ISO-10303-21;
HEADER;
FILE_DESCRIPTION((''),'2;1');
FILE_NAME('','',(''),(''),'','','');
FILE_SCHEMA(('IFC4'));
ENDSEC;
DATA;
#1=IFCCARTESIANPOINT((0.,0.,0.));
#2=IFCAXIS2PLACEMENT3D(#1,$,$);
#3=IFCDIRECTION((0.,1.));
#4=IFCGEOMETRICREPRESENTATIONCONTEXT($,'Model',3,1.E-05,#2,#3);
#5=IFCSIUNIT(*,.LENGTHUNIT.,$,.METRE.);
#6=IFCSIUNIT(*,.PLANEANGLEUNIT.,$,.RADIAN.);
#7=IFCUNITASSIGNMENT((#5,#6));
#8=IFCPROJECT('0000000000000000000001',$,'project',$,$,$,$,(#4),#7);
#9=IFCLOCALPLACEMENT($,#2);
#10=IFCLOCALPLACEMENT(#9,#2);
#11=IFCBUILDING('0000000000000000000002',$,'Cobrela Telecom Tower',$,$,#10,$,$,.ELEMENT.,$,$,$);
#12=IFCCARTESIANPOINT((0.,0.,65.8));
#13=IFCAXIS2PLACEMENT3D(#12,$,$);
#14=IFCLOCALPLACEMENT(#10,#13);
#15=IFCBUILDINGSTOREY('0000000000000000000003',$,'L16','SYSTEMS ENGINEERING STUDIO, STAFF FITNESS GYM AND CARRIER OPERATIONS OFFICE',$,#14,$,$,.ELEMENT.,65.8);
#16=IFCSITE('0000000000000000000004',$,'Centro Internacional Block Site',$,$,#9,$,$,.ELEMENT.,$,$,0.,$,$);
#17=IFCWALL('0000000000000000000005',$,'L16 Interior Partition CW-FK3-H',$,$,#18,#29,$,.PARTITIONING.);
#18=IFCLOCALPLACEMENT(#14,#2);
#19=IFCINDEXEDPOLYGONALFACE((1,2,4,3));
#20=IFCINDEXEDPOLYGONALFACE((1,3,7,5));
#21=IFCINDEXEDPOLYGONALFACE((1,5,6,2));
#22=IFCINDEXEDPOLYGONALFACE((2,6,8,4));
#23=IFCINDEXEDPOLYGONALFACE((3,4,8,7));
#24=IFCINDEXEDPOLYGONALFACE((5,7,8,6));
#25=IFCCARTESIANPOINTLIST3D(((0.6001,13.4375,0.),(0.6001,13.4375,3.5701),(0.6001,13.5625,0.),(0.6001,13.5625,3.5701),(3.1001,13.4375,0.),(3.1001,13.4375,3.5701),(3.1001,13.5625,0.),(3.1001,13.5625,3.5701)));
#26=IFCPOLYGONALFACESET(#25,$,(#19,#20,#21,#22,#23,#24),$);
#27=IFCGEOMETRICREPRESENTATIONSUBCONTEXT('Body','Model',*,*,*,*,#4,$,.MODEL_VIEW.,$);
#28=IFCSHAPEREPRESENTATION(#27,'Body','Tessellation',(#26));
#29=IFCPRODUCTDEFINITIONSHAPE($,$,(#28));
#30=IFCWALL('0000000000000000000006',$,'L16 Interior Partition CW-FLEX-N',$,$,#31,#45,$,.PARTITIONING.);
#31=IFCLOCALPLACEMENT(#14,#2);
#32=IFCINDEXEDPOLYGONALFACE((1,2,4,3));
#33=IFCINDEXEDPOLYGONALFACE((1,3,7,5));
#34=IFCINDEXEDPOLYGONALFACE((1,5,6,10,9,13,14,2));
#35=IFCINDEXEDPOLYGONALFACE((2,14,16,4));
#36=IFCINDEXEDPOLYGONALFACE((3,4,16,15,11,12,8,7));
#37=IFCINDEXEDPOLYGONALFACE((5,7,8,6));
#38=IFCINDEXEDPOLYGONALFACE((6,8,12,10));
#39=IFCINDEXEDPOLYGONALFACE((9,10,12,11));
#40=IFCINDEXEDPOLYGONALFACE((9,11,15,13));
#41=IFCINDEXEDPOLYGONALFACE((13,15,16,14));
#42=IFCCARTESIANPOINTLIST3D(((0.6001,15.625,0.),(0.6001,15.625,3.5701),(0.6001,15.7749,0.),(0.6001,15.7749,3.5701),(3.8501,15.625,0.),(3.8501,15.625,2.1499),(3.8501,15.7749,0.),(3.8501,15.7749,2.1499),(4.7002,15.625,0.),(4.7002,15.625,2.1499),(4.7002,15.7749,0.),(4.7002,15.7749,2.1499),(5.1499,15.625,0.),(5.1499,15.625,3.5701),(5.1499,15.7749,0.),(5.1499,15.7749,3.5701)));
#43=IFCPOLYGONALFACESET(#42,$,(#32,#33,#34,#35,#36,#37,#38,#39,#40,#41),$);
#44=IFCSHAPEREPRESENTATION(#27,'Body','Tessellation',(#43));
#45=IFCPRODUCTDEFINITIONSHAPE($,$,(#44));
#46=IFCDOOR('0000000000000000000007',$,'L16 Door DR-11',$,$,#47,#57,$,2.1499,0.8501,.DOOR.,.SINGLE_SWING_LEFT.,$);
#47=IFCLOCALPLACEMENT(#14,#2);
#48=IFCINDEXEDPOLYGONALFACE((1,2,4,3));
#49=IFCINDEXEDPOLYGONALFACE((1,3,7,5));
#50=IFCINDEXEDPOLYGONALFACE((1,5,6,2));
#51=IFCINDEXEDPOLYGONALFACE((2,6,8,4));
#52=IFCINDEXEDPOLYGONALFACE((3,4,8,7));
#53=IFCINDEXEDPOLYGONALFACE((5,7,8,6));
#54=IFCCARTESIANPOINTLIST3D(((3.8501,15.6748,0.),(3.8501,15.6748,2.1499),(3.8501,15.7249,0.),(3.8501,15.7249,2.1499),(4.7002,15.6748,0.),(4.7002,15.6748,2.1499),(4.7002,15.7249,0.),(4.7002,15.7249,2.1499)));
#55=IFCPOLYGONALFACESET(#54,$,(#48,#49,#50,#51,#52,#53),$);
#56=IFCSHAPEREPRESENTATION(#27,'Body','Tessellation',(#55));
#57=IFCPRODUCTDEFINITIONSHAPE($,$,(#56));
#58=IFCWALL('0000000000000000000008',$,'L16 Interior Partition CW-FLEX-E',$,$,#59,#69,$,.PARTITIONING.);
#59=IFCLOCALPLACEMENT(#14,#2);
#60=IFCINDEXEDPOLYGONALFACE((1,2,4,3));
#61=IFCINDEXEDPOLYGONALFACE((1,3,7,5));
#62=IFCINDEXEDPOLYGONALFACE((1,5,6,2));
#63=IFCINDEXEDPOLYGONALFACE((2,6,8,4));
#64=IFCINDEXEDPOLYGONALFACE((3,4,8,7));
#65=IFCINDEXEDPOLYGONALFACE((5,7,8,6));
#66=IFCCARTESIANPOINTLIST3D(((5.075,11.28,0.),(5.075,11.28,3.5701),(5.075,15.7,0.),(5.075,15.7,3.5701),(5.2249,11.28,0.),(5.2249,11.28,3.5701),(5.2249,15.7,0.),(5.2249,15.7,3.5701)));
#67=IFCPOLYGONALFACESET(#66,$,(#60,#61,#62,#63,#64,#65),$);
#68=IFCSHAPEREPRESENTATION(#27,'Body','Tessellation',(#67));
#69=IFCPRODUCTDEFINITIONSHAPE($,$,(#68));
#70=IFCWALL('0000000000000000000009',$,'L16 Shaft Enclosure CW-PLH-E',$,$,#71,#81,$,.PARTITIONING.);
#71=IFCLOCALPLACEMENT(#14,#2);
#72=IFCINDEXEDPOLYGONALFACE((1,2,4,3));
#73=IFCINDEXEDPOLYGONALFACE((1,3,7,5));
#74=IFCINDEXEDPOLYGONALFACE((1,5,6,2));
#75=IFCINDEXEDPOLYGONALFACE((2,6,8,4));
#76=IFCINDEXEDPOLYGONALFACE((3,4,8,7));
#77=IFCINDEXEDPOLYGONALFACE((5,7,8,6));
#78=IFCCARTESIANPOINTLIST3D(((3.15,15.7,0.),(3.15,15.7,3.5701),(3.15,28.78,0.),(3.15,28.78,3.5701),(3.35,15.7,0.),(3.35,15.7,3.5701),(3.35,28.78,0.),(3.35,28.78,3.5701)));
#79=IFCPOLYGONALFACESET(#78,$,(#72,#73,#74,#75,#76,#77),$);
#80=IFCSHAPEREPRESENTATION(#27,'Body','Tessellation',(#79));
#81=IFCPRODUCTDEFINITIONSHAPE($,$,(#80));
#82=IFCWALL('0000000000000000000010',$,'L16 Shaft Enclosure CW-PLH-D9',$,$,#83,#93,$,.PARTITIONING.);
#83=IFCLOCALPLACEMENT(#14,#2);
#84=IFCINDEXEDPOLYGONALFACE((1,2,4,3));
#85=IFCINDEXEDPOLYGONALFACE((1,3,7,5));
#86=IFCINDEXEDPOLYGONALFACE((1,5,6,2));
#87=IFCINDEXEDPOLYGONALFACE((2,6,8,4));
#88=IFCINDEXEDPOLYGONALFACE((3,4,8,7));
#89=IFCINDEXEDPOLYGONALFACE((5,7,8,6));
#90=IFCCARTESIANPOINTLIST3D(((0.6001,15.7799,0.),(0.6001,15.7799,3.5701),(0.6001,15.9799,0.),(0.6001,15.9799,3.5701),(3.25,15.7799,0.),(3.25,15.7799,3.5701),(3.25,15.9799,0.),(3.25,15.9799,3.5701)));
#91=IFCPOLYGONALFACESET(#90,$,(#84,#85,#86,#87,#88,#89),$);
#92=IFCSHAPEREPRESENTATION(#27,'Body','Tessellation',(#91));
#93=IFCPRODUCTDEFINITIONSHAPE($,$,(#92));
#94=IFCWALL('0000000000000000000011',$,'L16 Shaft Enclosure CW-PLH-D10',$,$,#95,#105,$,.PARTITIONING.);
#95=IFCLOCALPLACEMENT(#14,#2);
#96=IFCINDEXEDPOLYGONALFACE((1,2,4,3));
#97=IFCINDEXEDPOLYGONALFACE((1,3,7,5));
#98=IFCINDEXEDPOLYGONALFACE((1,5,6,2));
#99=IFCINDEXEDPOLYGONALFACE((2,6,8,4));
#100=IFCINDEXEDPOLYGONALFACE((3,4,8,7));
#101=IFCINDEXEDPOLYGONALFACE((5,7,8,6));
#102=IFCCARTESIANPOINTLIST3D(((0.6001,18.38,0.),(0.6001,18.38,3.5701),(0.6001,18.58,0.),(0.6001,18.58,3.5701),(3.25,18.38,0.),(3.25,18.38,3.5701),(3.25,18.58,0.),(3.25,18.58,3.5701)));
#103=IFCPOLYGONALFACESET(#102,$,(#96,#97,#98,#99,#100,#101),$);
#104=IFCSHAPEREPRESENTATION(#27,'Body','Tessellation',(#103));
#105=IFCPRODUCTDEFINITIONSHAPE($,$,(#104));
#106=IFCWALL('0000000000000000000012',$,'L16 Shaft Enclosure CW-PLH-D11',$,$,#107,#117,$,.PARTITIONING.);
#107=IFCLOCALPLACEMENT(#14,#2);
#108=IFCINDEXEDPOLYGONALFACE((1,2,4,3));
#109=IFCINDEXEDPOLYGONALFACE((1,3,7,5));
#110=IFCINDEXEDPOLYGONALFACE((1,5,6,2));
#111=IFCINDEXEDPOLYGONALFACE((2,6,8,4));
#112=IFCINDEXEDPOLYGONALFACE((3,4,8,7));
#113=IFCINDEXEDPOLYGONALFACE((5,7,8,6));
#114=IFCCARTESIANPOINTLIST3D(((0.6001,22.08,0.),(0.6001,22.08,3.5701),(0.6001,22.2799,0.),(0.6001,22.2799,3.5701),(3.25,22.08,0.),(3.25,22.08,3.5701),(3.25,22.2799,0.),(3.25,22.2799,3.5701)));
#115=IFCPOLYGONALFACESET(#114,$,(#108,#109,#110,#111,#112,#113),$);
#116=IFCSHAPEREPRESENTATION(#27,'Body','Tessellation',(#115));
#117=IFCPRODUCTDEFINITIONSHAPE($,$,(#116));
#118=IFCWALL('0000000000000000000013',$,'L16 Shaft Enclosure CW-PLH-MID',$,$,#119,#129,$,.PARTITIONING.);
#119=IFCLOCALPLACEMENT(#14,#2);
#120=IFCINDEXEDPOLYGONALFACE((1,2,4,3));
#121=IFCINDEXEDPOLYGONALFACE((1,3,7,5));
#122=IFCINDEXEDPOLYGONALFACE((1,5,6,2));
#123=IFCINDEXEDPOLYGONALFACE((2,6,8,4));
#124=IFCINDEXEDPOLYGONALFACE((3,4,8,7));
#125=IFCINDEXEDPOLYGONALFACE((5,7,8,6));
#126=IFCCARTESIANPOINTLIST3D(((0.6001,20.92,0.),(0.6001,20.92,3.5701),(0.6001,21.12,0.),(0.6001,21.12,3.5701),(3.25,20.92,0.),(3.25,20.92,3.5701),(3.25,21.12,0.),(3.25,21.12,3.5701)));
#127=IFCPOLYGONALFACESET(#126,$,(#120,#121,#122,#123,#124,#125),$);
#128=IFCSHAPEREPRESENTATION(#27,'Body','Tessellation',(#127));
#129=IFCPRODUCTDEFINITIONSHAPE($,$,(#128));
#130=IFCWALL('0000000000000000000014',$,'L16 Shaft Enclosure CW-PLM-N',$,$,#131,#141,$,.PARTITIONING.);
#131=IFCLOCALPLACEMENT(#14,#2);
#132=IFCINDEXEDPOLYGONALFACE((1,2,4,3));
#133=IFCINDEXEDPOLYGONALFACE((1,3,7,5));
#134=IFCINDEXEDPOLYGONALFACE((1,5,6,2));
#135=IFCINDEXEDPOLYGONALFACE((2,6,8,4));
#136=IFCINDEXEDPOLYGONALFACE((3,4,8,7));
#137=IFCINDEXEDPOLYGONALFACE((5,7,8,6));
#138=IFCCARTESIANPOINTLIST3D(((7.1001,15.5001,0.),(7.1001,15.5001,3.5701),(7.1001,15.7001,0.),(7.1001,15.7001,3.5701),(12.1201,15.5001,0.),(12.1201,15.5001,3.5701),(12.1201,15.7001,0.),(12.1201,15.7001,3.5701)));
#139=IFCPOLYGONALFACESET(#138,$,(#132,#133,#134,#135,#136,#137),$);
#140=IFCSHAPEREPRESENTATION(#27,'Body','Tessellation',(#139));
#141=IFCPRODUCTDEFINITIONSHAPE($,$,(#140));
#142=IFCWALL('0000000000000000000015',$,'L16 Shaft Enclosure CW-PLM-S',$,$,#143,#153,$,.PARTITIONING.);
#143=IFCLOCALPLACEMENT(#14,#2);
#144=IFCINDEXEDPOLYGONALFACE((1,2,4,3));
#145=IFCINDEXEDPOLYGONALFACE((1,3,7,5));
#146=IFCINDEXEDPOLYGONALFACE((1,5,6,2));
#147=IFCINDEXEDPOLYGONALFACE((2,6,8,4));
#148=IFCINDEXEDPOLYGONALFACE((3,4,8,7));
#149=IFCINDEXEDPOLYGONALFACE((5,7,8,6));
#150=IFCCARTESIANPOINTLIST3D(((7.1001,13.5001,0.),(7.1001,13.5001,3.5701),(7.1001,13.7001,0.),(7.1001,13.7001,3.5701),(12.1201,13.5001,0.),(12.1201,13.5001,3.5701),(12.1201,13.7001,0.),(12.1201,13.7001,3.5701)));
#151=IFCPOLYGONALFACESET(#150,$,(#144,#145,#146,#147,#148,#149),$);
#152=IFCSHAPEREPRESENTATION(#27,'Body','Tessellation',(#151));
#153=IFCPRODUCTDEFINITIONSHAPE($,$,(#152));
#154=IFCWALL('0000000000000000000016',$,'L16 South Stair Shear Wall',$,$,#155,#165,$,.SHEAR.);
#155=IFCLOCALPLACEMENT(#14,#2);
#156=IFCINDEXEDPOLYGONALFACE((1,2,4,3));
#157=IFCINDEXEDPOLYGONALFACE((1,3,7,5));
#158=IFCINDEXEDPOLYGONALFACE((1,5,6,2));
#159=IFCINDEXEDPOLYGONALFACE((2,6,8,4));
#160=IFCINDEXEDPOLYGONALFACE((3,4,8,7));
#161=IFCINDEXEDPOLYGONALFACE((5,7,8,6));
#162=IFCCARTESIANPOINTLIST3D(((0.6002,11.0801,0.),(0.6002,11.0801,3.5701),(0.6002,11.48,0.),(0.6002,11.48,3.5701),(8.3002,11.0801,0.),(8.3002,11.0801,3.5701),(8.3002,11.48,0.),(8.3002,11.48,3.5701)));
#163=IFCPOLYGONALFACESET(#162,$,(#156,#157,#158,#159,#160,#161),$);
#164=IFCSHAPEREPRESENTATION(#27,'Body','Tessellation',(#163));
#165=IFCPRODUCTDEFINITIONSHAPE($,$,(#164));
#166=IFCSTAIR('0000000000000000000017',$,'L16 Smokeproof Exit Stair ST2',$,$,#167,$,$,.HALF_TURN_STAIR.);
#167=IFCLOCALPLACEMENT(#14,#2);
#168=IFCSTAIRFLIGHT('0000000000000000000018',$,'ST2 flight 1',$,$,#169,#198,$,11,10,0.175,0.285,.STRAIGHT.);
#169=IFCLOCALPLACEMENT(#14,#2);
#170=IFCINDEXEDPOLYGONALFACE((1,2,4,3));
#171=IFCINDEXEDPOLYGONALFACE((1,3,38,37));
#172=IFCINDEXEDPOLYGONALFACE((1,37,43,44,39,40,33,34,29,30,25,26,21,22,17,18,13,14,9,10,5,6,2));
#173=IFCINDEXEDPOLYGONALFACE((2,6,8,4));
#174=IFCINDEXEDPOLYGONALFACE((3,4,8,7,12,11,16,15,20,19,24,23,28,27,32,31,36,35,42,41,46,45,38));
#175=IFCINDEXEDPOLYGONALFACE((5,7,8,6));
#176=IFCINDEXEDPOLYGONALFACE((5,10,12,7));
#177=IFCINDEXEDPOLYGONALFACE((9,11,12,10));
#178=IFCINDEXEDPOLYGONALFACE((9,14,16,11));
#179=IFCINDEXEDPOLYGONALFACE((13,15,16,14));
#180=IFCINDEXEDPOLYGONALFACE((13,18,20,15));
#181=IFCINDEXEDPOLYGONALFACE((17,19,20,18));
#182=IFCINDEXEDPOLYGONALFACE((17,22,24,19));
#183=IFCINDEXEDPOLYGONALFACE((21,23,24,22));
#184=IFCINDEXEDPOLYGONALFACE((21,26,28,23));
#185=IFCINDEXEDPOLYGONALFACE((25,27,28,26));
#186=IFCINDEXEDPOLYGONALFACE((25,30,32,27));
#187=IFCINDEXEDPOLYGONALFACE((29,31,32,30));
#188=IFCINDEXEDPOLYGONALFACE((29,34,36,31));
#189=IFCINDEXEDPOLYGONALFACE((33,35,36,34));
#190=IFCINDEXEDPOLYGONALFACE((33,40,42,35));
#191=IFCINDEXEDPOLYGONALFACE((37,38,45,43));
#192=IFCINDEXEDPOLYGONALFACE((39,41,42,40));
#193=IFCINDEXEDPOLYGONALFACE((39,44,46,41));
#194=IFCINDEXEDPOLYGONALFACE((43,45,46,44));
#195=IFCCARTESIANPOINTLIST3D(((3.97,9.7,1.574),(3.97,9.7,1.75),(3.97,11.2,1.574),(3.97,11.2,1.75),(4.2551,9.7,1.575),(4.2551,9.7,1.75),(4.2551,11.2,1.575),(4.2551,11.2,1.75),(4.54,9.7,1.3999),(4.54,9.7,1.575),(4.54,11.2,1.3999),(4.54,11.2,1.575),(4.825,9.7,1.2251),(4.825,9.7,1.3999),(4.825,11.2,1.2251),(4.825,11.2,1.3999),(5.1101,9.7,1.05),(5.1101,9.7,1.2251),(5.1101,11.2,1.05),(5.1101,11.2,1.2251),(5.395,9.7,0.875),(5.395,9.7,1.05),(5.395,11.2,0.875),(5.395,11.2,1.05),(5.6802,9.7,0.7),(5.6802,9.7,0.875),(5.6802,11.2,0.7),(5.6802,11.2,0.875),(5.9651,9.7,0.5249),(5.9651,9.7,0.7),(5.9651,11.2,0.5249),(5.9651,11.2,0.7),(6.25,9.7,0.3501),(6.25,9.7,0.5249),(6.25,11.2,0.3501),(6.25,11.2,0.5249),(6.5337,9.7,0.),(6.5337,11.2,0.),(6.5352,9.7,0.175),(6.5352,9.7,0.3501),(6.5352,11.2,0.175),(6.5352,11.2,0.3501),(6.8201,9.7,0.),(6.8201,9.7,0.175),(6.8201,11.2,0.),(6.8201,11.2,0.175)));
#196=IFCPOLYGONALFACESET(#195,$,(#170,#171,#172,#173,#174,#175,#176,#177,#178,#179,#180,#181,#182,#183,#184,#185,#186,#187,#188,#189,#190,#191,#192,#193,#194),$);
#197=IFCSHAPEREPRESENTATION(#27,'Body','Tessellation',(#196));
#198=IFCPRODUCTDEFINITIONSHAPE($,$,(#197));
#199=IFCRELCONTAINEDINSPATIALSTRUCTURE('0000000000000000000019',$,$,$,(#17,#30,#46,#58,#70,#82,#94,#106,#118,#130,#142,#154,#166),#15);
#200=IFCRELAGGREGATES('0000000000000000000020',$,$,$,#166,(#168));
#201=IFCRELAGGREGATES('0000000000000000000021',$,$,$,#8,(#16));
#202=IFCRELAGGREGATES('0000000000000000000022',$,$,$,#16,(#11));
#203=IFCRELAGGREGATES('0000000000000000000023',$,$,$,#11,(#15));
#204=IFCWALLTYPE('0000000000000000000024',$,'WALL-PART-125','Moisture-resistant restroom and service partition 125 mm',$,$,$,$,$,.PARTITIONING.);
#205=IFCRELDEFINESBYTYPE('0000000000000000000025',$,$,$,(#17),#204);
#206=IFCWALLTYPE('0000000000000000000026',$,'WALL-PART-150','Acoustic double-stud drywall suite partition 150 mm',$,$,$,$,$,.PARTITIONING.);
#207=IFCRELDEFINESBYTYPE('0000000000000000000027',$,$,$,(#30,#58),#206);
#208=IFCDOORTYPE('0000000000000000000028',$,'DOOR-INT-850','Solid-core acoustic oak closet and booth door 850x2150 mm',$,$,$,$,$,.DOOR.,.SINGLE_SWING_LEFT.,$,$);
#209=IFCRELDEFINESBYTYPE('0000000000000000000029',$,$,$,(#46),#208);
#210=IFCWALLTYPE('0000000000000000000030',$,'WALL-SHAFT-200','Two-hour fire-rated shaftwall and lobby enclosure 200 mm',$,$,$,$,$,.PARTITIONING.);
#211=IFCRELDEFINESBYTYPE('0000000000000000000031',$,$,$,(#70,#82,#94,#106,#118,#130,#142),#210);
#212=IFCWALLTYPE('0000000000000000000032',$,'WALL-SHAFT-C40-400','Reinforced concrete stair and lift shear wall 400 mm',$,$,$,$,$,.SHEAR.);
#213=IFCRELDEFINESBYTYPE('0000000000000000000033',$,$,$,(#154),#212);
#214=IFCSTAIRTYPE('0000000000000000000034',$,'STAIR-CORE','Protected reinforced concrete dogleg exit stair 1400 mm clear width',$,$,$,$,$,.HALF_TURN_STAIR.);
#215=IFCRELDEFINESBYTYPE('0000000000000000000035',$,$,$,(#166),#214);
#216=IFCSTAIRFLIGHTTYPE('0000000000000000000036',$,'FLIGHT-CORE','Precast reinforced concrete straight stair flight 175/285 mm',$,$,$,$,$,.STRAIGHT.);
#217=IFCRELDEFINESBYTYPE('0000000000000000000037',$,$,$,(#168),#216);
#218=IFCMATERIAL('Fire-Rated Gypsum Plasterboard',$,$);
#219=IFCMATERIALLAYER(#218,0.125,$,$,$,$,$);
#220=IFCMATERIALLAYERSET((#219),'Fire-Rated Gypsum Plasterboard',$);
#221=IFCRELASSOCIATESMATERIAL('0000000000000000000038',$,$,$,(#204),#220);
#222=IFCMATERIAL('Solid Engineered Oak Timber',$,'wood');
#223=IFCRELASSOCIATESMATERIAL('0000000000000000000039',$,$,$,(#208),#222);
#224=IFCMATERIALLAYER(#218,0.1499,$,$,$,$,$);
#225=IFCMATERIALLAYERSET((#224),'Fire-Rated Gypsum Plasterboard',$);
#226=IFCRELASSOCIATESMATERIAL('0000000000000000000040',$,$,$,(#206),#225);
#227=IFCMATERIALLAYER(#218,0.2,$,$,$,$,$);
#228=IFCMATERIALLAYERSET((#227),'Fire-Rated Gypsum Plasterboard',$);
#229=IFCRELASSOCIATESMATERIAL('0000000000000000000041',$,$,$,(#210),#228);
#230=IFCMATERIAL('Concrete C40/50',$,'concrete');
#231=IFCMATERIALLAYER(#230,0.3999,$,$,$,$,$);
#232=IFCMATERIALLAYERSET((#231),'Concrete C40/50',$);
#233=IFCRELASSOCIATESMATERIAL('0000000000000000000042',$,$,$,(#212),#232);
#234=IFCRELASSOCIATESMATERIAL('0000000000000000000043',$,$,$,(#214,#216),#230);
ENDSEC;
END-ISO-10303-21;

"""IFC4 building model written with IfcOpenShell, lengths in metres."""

from ifc_helpers import new_model, si_unit, direction, frame, frame_2d, origin, place, context, subcontext, project, spatial, polyline, rectangle, outline, extrude, material, layer, layer_set, type_object, element, fill, aggregate, save


model = new_model("IFC4")

# Units and contexts
model_context = context("Model", 3, precision=1e-05, world=origin(), true_north=direction((0.0, 1.0)))
body_context = subcontext(model_context, "Body", "Model", "MODEL_VIEW")
ifc_project = project(units=[si_unit("LENGTHUNIT", "METRE"), si_unit("PLANEANGLEUNIT", "RADIAN")], contexts=[model_context])

# Site, building, storey
site_placement = place(None, origin())
site = spatial("IfcSite", under=ifc_project, at=site_placement, Name="Centro Internacional Block Site", CompositionType="ELEMENT", RefElevation=0.0)
building_placement = place(site_placement, origin())
building = spatial("IfcBuilding", under=site, at=building_placement, Name="Cobrela Telecom Tower", CompositionType="ELEMENT")
storey_placement = place(building_placement, frame((0.0, 0.0, 65.8)))
storey = spatial("IfcBuildingStorey", under=building, at=storey_placement, Name="L16", Description="SYSTEMS ENGINEERING STUDIO, STAFF FITNESS GYM AND CARRIER OPERATIONS OFFICE", CompositionType="ELEMENT", Elevation=65.8)

# Wall
ifc_material_1 = material(Name="Fire-Rated Gypsum Plasterboard")
ifc_layer_1 = layer(ifc_material_1, 0.125)
ifc_layer_set_1 = layer_set([ifc_layer_1], Name="Fire-Rated Gypsum Plasterboard")
wall_type_1 = type_object("IfcWallType", Name="WALL-PART-125", Description="Moisture-resistant restroom and service partition 125 mm", PredefinedType="PARTITIONING", material=ifc_layer_set_1)
wall_1_placement = place(storey_placement, frame((0.6001, 13.5, 0.0), z_axis=(0.0, 0.0, 1.0), x_axis=(1.0, 0.0, 0.0)))
element("IfcWall", 1, at=wall_1_placement, inside=storey, type_object=wall_type_1, Name="L16 Interior Partition CW-FK3-H", PredefinedType="PARTITIONING", context=body_context, shape_type="SweptSolid", body=[
    extrude(rectangle(XDim=2.5, YDim=0.125, at=frame_2d((1.25, 0.0))), origin(), (0.0, 0.0, 1.0), 3.5701),
])

# Shared definitions
ifc_material_2 = material(Name="Solid Engineered Oak Timber", Category="wood")
door_type = type_object("IfcDoorType", Name="DOOR-INT-850", Description="Solid-core acoustic oak closet and booth door 850x2150 mm", OperationType="SINGLE_SWING_LEFT", PredefinedType="DOOR", material=ifc_material_2)

# Wall, opening, door
ifc_layer_2 = layer(ifc_material_1, 0.1499)
ifc_layer_set_2 = layer_set([ifc_layer_2], Name="Fire-Rated Gypsum Plasterboard")
wall_type_2 = type_object("IfcWallType", Name="WALL-PART-150", Description="Acoustic double-stud drywall suite partition 150 mm", PredefinedType="PARTITIONING", material=ifc_layer_set_2)
wall_2_placement = place(storey_placement, frame((0.6001, 15.7, 0.0), z_axis=(0.0, 0.0, 1.0), x_axis=(1.0, 0.0, 0.0)))
wall_2 = element("IfcWall", 2, at=wall_2_placement, inside=storey, type_object=wall_type_2, Name="L16 Interior Partition CW-FLEX-N", PredefinedType="PARTITIONING", context=body_context, shape_type="SweptSolid", body=[
    extrude(rectangle(XDim=4.5498, YDim=0.1499, at=frame_2d((2.2749, 0.0))), origin(), (0.0, 0.0, 1.0), 3.5701),
])
opening_1_placement = place(wall_2_placement, frame((3.25, 0.0, 0.0)))
opening_1 = element("IfcOpeningElement", 3, at=opening_1_placement, cuts=wall_2, PredefinedType="OPENING", context=body_context, shape_type="SweptSolid", body=[
    extrude(rectangle(XDim=0.8501, YDim=2.1499, at=frame_2d((0.425, 1.075))), frame((0.0, 0.0869, 0.0), z_axis=(0.0, -1.0, 0.0), x_axis=(1.0, 0.0, 0.0)), (0.0, 0.0, 1.0), 0.1738),
])
door_1_placement = place(opening_1_placement, origin())
door_1 = element("IfcDoor", 4, at=door_1_placement, inside=storey, type_object=door_type, Name="L16 Door DR-11", OperationType="SINGLE_SWING_LEFT", OverallHeight=2.1499, OverallWidth=0.8501, PredefinedType="DOOR", context=body_context, shape_type="SweptSolid", body=[
    extrude(rectangle(XDim=0.8501, YDim=2.1499, at=frame_2d((0.425, 1.075))), frame((0.0, 0.0249, 0.0), z_axis=(0.0, -1.0, 0.0), x_axis=(1.0, 0.0, 0.0)), (0.0, 0.0, 1.0), 0.05),
])
fill(opening_1, door_1)

# Walls
wall_3_placement = place(storey_placement, frame((5.1499, 11.28, 0.0), z_axis=(0.0, 0.0, 1.0), x_axis=(0.0, 1.0, 0.0)))
element("IfcWall", 5, at=wall_3_placement, inside=storey, type_object=wall_type_2, Name="L16 Interior Partition CW-FLEX-E", PredefinedType="PARTITIONING", context=body_context, shape_type="SweptSolid", body=[
    extrude(rectangle(XDim=4.4199, YDim=0.1499, at=frame_2d((2.21, 0.0))), origin(), (0.0, 0.0, 1.0), 3.5701),
])
ifc_layer_3 = layer(ifc_material_1, 0.2)
ifc_layer_set_3 = layer_set([ifc_layer_3], Name="Fire-Rated Gypsum Plasterboard")
wall_type_3 = type_object("IfcWallType", Name="WALL-SHAFT-200", Description="Two-hour fire-rated shaftwall and lobby enclosure 200 mm", PredefinedType="PARTITIONING", material=ifc_layer_set_3)
wall_4_placement = place(storey_placement, frame((3.25, 15.7, 0.0), z_axis=(0.0, 0.0, 1.0), x_axis=(0.0, 1.0, 0.0)))
element("IfcWall", 6, at=wall_4_placement, inside=storey, type_object=wall_type_3, Name="L16 Shaft Enclosure CW-PLH-E", PredefinedType="PARTITIONING", context=body_context, shape_type="SweptSolid", body=[
    extrude(rectangle(XDim=13.0801, YDim=0.2, at=frame_2d((6.54, 0.0))), origin(), (0.0, 0.0, 1.0), 3.5701),
])
for number, where, z_axis, x_axis, name in (
    (7, (0.6001, 15.8799, 0.0), (0.0, 0.0, 1.0), (1.0, 0.0, 0.0), "L16 Shaft Enclosure CW-PLH-D9"),
    (8, (0.6001, 18.48, 0.0), (0.0, 0.0, 1.0), (1.0, 0.0, 0.0), "L16 Shaft Enclosure CW-PLH-D10"),
    (9, (0.6001, 22.1799, 0.0), (0.0, 0.0, 1.0), (1.0, 0.0, 0.0), "L16 Shaft Enclosure CW-PLH-D11"),
    (10, (0.6001, 21.02, 0.0), (0.0, 0.0, 1.0), (1.0, 0.0, 0.0), "L16 Shaft Enclosure CW-PLH-MID"),
):
    element("IfcWall", number, at=place(storey_placement, frame(where, z_axis=z_axis, x_axis=x_axis)), inside=storey, type_object=wall_type_3, Name=name, PredefinedType="PARTITIONING", context=body_context, shape_type="SweptSolid", body=[
        extrude(rectangle(XDim=2.6499, YDim=0.2, at=frame_2d((1.325, 0.0))), origin(), (0.0, 0.0, 1.0), 3.5701),
    ])
for number, where, z_axis, x_axis, name in (
    (11, (7.1001, 15.6001, 0.0), (0.0, 0.0, 1.0), (1.0, 0.0, 0.0), "L16 Shaft Enclosure CW-PLM-N"),
    (12, (7.1001, 13.6001, 0.0), (0.0, 0.0, 1.0), (1.0, 0.0, 0.0), "L16 Shaft Enclosure CW-PLM-S"),
):
    element("IfcWall", number, at=place(storey_placement, frame(where, z_axis=z_axis, x_axis=x_axis)), inside=storey, type_object=wall_type_3, Name=name, PredefinedType="PARTITIONING", context=body_context, shape_type="SweptSolid", body=[
        extrude(rectangle(XDim=5.02, YDim=0.2, at=frame_2d((2.51, 0.0))), origin(), (0.0, 0.0, 1.0), 3.5701),
    ])
ifc_material_3 = material(Name="Concrete C40/50", Category="concrete")
ifc_layer_4 = layer(ifc_material_3, 0.3999)
ifc_layer_set_4 = layer_set([ifc_layer_4], Name="Concrete C40/50")
wall_type_4 = type_object("IfcWallType", Name="WALL-SHAFT-C40-400", Description="Reinforced concrete stair and lift shear wall 400 mm", PredefinedType="SHEAR", material=ifc_layer_set_4)
wall_5_placement = place(storey_placement, frame((0.6001, 11.28, 0.0), z_axis=(0.0, 0.0, 1.0), x_axis=(1.0, 0.0, 0.0)))
element("IfcWall", 13, at=wall_5_placement, inside=storey, type_object=wall_type_4, Name="L16 South Stair Shear Wall", PredefinedType="SHEAR", context=body_context, shape_type="SweptSolid", body=[
    extrude(rectangle(XDim=7.7, YDim=0.3999, at=frame_2d((3.8501, 0.0))), origin(), (0.0, 0.0, 1.0), 3.5701),
])

# Stair, stair flight
stair_type = type_object("IfcStairType", Name="STAIR-CORE", Description="Protected reinforced concrete dogleg exit stair 1400 mm clear width", PredefinedType="HALF_TURN_STAIR", material=ifc_material_3)
stair_placement = place(storey_placement, origin())
stair = element("IfcStair", 14, at=stair_placement, inside=storey, type_object=stair_type, Name="L16 Smokeproof Exit Stair ST2", PredefinedType="HALF_TURN_STAIR")
stair_flight_type = type_object("IfcStairFlightType", Name="FLIGHT-CORE", Description="Precast reinforced concrete straight stair flight 175/285 mm", PredefinedType="STRAIGHT", material=ifc_material_3)
stair_flight_1_placement = place(storey_placement, frame((6.8201, 10.45, 0.0), z_axis=(0.0, 0.0, 1.0), x_axis=(-1.0, 0.0, 0.0)))
stair_flight_1 = element("IfcStairFlight", 15, at=stair_flight_1_placement, type_object=stair_flight_type, Name="ST2 flight 1", NumberOfRisers=11, NumberOfTreads=10, PredefinedType="STRAIGHT", RiserHeight=0.175, TreadLength=0.285, context=body_context, shape_type="SweptSolid", body=[
    extrude(outline(polyline([(0.0, 0.0), (0.0, 0.175), (0.2849, 0.175), (0.2849, 0.3501), (0.5701, 0.3501), (0.5701, 0.5249), (0.855, 0.5249), (0.855, 0.7), (1.1399, 0.7), (1.1399, 0.875), (1.425, 0.875), (1.425, 1.05), (1.71, 1.05), (1.71, 1.2251), (1.9951, 1.2251), (1.9951, 1.3999), (2.28, 1.3999), (2.28, 1.575), (2.5649, 1.575), (2.5649, 1.75), (2.8501, 1.75), (2.8501, 1.925), (2.8501, 1.574), (0.2864, 0.0), (0.0, 0.0)])), frame((0.0, 0.75, 0.0), z_axis=(0.0, -1.0, 0.0), x_axis=(1.0, 0.0, 0.0)), (0.0, 0.0, 1.0), 1.5),
])
aggregate(stair, [stair_flight_1])

save(model, "model.ifc")
